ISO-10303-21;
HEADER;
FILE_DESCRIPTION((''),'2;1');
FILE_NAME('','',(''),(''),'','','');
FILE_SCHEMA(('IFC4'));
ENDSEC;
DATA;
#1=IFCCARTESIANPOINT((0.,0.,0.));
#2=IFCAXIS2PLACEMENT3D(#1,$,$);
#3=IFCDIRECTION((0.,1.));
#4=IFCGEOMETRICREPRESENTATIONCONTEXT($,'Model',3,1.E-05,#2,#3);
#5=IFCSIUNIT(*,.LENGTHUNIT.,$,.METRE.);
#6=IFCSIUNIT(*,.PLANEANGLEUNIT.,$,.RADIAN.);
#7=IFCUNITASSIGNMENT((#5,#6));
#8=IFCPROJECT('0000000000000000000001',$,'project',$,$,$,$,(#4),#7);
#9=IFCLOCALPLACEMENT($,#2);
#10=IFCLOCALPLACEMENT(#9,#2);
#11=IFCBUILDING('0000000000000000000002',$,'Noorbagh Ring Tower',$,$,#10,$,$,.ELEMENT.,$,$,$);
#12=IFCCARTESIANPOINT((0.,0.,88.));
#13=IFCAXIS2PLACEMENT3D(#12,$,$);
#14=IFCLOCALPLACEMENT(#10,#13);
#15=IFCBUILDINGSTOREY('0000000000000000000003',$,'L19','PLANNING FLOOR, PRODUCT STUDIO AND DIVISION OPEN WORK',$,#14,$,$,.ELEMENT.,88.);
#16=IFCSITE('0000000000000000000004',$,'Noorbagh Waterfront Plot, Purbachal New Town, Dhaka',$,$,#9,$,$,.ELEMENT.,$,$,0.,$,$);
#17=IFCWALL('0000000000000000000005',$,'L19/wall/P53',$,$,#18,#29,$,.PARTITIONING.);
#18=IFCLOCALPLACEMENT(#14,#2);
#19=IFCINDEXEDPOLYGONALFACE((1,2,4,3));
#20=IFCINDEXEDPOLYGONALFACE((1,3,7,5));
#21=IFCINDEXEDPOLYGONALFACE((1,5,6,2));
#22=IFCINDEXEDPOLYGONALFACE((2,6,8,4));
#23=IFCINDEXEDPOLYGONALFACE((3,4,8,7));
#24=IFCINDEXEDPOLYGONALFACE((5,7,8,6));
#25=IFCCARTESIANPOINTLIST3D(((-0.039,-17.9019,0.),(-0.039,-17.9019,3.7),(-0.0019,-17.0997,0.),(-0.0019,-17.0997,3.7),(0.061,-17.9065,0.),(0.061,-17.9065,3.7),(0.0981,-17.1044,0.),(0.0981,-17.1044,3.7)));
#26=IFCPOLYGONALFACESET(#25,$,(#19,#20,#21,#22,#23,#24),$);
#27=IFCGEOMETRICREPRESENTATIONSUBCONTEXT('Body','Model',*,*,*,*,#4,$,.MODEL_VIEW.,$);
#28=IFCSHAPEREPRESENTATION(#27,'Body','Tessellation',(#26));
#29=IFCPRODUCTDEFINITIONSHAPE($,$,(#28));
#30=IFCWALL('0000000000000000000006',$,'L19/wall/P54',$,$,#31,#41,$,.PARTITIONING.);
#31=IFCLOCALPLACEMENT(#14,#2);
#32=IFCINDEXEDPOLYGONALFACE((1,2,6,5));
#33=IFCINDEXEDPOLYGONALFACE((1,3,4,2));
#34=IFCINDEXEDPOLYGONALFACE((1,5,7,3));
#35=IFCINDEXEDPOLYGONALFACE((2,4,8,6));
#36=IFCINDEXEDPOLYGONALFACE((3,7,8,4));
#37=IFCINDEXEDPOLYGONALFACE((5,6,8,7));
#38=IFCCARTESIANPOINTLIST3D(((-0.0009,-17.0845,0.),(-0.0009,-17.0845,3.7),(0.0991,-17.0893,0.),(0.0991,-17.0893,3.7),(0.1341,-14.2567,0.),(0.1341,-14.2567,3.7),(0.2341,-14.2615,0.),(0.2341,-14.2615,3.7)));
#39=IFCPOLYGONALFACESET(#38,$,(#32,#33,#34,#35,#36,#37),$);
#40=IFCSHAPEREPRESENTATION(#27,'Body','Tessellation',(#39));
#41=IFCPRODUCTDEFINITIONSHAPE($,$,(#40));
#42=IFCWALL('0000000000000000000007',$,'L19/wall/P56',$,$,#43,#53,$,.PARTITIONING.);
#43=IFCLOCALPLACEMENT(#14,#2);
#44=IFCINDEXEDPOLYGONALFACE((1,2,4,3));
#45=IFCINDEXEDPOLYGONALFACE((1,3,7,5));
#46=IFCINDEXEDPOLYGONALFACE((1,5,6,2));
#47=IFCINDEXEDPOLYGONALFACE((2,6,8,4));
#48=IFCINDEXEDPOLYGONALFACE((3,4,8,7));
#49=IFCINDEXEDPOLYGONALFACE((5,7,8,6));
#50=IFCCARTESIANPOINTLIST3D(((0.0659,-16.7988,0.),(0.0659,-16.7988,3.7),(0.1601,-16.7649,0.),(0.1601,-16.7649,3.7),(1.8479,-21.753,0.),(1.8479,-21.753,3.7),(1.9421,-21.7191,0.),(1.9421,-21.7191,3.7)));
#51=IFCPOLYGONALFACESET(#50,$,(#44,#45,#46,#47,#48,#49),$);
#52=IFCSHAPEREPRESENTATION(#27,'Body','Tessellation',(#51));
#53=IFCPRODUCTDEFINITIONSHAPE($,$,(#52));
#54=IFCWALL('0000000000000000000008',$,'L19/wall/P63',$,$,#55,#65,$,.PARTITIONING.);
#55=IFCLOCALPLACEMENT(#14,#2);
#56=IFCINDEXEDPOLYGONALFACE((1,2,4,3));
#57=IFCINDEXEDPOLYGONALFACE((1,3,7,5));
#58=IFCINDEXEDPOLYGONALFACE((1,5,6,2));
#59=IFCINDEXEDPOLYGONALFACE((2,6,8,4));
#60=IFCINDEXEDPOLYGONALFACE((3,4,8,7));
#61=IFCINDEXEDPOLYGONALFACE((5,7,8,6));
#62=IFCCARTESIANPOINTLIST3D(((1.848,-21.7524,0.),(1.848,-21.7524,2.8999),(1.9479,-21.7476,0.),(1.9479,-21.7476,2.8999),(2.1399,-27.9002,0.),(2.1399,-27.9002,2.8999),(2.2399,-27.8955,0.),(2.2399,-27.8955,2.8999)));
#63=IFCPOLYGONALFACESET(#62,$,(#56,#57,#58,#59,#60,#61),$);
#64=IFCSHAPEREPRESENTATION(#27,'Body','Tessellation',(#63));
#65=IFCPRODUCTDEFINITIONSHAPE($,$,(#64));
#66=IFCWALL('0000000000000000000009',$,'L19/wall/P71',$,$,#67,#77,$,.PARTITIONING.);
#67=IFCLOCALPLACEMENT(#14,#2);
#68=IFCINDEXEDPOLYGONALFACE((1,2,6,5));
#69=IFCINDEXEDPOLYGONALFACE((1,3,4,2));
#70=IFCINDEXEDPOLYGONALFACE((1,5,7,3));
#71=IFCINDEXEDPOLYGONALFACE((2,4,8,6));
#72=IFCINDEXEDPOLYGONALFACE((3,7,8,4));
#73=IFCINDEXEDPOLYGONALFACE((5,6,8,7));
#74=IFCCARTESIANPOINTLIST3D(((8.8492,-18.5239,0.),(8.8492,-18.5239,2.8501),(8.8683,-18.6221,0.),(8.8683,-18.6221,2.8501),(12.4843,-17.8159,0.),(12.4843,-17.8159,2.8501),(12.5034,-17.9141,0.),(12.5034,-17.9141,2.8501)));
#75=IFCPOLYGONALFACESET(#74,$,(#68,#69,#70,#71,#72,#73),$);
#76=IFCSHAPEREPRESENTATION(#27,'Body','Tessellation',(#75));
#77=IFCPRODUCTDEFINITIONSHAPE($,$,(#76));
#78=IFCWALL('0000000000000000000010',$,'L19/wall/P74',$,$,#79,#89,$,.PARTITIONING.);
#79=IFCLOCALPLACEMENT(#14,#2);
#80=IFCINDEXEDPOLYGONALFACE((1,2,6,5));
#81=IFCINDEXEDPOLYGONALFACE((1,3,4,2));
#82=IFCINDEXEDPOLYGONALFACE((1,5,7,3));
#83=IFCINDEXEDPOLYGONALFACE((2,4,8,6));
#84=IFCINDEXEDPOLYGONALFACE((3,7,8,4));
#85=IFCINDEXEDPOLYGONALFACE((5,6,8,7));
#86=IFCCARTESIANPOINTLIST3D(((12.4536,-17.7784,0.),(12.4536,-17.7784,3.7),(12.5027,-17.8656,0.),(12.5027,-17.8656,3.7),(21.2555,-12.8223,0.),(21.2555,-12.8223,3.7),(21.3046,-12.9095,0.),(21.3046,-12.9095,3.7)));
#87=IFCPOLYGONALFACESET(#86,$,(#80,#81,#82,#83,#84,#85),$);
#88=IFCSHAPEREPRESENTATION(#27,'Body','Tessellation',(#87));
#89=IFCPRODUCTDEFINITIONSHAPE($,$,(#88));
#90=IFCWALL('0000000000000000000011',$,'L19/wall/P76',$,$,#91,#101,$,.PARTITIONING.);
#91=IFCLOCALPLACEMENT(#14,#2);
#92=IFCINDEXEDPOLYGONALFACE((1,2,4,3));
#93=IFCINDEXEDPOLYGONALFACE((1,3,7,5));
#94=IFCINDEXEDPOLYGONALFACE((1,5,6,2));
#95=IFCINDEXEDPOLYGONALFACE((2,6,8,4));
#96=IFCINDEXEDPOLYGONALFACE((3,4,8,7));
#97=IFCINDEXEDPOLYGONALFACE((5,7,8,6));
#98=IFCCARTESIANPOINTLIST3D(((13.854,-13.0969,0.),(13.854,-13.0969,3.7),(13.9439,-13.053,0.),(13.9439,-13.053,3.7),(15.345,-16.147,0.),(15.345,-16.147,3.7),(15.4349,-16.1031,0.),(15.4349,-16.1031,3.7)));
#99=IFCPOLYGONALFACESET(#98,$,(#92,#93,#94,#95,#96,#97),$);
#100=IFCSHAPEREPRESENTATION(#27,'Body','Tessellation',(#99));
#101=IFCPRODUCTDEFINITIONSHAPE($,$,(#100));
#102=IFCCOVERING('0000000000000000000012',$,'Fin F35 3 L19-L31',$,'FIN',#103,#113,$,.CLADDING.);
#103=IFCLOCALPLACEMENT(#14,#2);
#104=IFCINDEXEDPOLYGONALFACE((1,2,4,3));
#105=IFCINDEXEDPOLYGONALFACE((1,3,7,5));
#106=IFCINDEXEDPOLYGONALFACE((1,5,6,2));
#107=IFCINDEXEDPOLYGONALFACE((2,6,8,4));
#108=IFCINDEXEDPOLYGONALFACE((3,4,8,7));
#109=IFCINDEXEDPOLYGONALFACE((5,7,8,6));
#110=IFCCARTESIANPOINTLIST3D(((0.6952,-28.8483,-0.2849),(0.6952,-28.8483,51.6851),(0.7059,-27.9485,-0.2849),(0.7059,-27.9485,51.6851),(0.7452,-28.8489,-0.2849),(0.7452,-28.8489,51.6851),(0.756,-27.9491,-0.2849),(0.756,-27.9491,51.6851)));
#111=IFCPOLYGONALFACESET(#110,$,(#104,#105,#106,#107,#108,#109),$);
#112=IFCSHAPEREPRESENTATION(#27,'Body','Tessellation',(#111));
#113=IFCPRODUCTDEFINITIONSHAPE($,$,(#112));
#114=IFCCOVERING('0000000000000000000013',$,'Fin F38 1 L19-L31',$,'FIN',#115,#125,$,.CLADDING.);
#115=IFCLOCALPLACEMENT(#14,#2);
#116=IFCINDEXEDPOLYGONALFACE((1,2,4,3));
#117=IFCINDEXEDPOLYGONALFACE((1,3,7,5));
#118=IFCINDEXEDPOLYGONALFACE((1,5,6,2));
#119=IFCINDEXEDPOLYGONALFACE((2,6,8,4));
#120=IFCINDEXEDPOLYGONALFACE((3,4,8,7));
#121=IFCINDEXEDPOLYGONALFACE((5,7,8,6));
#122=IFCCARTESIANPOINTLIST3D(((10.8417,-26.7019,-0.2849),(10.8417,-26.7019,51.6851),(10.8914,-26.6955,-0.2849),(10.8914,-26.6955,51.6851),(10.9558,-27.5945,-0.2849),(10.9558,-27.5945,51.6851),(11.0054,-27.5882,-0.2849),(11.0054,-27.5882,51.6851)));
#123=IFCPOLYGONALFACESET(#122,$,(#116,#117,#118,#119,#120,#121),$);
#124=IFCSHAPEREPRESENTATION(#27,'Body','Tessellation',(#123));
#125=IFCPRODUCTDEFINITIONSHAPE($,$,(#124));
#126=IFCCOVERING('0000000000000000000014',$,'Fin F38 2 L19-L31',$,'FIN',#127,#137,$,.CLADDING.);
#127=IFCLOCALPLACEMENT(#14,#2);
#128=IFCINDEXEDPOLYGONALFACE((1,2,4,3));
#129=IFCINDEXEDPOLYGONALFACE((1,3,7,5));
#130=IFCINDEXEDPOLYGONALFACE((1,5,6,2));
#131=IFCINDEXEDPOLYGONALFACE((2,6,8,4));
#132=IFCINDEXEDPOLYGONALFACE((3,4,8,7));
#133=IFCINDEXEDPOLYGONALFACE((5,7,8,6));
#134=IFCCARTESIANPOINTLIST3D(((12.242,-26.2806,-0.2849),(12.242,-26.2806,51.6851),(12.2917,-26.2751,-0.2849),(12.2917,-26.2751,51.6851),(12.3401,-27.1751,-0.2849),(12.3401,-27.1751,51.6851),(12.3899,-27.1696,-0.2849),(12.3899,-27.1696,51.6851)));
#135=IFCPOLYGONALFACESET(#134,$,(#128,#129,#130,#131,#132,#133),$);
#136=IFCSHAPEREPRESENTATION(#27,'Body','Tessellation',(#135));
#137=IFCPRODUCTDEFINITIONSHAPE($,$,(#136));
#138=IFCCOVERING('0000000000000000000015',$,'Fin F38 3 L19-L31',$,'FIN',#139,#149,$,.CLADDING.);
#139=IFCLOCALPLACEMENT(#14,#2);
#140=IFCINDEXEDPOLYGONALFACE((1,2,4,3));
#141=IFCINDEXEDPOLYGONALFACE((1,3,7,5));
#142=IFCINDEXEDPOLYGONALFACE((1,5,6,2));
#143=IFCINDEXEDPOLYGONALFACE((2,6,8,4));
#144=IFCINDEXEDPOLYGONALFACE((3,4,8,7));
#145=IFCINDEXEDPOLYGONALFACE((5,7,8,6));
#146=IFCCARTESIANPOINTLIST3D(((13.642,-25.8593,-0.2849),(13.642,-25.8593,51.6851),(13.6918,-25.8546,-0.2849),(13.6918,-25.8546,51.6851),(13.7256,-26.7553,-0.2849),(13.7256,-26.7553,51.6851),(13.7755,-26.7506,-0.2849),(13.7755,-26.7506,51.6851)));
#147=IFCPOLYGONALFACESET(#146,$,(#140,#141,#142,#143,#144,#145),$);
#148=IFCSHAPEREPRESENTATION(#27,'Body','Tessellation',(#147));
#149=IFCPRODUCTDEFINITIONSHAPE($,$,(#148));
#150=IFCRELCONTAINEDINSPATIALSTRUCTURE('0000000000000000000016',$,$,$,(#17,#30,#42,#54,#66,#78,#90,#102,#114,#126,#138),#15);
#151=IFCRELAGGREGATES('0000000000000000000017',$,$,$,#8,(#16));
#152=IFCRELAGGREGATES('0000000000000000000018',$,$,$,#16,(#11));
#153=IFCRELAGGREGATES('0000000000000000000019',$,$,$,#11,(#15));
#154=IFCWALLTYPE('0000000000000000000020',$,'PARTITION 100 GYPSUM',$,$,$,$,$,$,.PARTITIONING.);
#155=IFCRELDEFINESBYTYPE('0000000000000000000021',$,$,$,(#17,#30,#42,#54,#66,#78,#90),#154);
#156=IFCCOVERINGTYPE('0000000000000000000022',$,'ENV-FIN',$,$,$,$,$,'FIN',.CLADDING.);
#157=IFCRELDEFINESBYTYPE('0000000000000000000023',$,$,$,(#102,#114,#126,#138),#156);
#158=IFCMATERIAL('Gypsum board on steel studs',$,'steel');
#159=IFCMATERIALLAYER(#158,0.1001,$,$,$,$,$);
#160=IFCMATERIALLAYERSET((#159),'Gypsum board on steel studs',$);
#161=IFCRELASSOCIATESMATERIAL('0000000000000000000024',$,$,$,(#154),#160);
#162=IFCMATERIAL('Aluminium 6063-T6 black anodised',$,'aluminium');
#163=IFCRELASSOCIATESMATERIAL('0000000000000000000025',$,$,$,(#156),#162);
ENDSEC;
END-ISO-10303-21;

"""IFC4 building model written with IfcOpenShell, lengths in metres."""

from ifc_helpers import new_model, si_unit, direction, frame, frame_2d, origin, origin_2d, place, context, subcontext, project, spatial, rectangle, extrude, material, layer, layer_set, material_profile, profile_set, type_object, element, save


model = new_model("IFC4")

# Units and contexts
model_context = context("Model", 3, precision=1e-05, world=origin(), true_north=direction((0.0, 1.0)))
body_context = subcontext(model_context, "Body", "Model", "MODEL_VIEW")
ifc_project = project(units=[si_unit("LENGTHUNIT", "METRE"), si_unit("PLANEANGLEUNIT", "RADIAN")], contexts=[model_context])

# Site, building, storey
site_placement = place(None, origin())
site = spatial("IfcSite", under=ifc_project, at=site_placement, Name="Noorbagh Waterfront Plot, Purbachal New Town, Dhaka", CompositionType="ELEMENT", RefElevation=0.0)
building_placement = place(site_placement, origin())
building = spatial("IfcBuilding", under=site, at=building_placement, Name="Noorbagh Ring Tower", CompositionType="ELEMENT")
storey_placement = place(building_placement, frame((0.0, 0.0, 88.0)))
storey = spatial("IfcBuildingStorey", under=building, at=storey_placement, Name="L19", Description="PLANNING FLOOR, PRODUCT STUDIO AND DIVISION OPEN WORK", CompositionType="ELEMENT", Elevation=88.0)

# Walls
ifc_material_1 = material(Name="Gypsum board on steel studs", Category="steel")
ifc_layer_1 = layer(ifc_material_1, 0.1001)
ifc_layer_set_1 = layer_set([ifc_layer_1], Name="Gypsum board on steel studs")
wall_type_1 = type_object("IfcWallType", Name="PARTITION 100 GYPSUM", PredefinedType="PARTITIONING", material=ifc_layer_set_1)
wall_1_placement = place(storey_placement, frame((0.011, -17.9041, 0.0), z_axis=(0.0, 0.0, 1.0), x_axis=(0.046221, 0.998931, 0.0)))
element("IfcWall", 1, at=wall_1_placement, inside=storey, type_object=wall_type_1, Name="L19/wall/P53", PredefinedType="PARTITIONING", context=body_context, shape_type="SweptSolid", body=[
    extrude(rectangle(XDim=0.803, YDim=0.1001, at=frame_2d((0.4014, 0.0))), origin(), (0.0, 0.0, 1.0), 3.7),
])
wall_2_placement = place(storey_placement, frame((0.0491, -17.0869, 0.0), z_axis=(0.0, 0.0, 1.0), x_axis=(0.047688, 0.998862, 0.0)))
element("IfcWall", 2, at=wall_2_placement, inside=storey, type_object=wall_type_1, Name="L19/wall/P54", PredefinedType="PARTITIONING", context=body_context, shape_type="SweptSolid", body=[
    extrude(rectangle(XDim=2.8311, YDim=0.1001, at=frame_2d((1.4155, 0.0))), origin(), (0.0, 0.0, 1.0), 3.7),
])
wall_3_placement = place(storey_placement, frame((0.113, -16.782, 0.0), z_axis=(0.0, 0.0, 1.0), x_axis=(0.338468, -0.940978, 0.0)))
element("IfcWall", 3, at=wall_3_placement, inside=storey, type_object=wall_type_1, Name="L19/wall/P56", PredefinedType="PARTITIONING", context=body_context, shape_type="SweptSolid", body=[
    extrude(rectangle(XDim=5.2649, YDim=0.1001, at=frame_2d((2.6323, 0.0))), origin(), (0.0, 0.0, 1.0), 3.7),
])
wall_4_placement = place(storey_placement, frame((1.8979, -21.75, 0.0), z_axis=(0.0, 0.0, 1.0), x_axis=(0.047441, -0.998874, 0.0)))
element("IfcWall", 4, at=wall_4_placement, inside=storey, type_object=wall_type_1, Name="L19/wall/P63", PredefinedType="PARTITIONING", context=body_context, shape_type="SweptSolid", body=[
    extrude(rectangle(XDim=6.1548, YDim=0.1001, at=frame_2d((3.0774, 0.0))), origin(), (0.0, 0.0, 1.0), 2.8999),
])
wall_5_placement = place(storey_placement, frame((8.8589, -18.573, 0.0), z_axis=(0.0, 0.0, 1.0), x_axis=(0.981555, 0.191182, 0.0)))
element("IfcWall", 5, at=wall_5_placement, inside=storey, type_object=wall_type_1, Name="L19/wall/P71", PredefinedType="PARTITIONING", context=body_context, shape_type="SweptSolid", body=[
    extrude(rectangle(XDim=3.7034, YDim=0.1001, at=frame_2d((1.8516, 0.0))), origin(), (0.0, 0.0, 1.0), 2.8501),
])
wall_6_placement = place(storey_placement, frame((12.478, -17.822, 0.0), z_axis=(0.0, 0.0, 1.0), x_axis=(0.871367, 0.490632, 0.0)))
element("IfcWall", 6, at=wall_6_placement, inside=storey, type_object=wall_type_1, Name="L19/wall/P74", PredefinedType="PARTITIONING", context=body_context, shape_type="SweptSolid", body=[
    extrude(rectangle(XDim=10.1013, YDim=0.1001, at=frame_2d((5.0508, 0.0))), origin(), (0.0, 0.0, 1.0), 3.7),
])
wall_7_placement = place(storey_placement, frame((13.8989, -13.075, 0.0), z_axis=(0.0, 0.0, 1.0), x_axis=(0.43917, -0.898404, 0.0)))
element("IfcWall", 7, at=wall_7_placement, inside=storey, type_object=wall_type_1, Name="L19/wall/P76", PredefinedType="PARTITIONING", context=body_context, shape_type="SweptSolid", body=[
    extrude(rectangle(XDim=3.395, YDim=0.1001, at=frame_2d((1.6975, 0.0))), origin(), (0.0, 0.0, 1.0), 3.7),
])

# Coverings
ifc_material_2 = material(Name="Aluminium 6063-T6 black anodised", Category="aluminium")
ifc_material_profile_1 = material_profile(ifc_material_2, rectangle(XDim=0.8999, YDim=0.05, at=origin_2d()), Name="900x50")
ifc_profile_set_1 = profile_set([ifc_material_profile_1], Name="Aluminium 6063-T6 black anodised")
covering_type = type_object("IfcCoveringType", Name="ENV-FIN", ElementType="FIN", PredefinedType="CLADDING", material=ifc_profile_set_1)
for number, where, z_axis, x_axis, name in (
    (8, (0.7256, -28.3987, -0.2849), (0.0, 0.0, 1.0), (-0.011915, -0.999929, 0.0), "Fin F35 3 L19-L31"),
    (9, (10.9236, -27.145, -0.2849), (0.0, 0.0, 1.0), (0.126759, -0.991933, 0.0), "Fin F38 1 L19-L31"),
    (10, (12.3159, -26.7251, -0.2849), (0.0, 0.0, 1.0), (0.109101, -0.994031, 0.0), "Fin F38 2 L19-L31"),
    (11, (13.7087, -26.3049, -0.2849), (0.0, 0.0, 1.0), (0.092918, -0.995674, 0.0), "Fin F38 3 L19-L31"),
):
    element("IfcCovering", number, at=place(storey_placement, frame(where, z_axis=z_axis, x_axis=x_axis)), inside=storey, type_object=covering_type, Name=name, ObjectType="FIN", PredefinedType="CLADDING", context=body_context, shape_type="SweptSolid", body=[
        extrude(rectangle(XDim=0.8999, YDim=0.05, at=origin_2d()), origin(), (0.0, 0.0, 1.0), 51.97),
    ])

save(model, "model.ifc")
